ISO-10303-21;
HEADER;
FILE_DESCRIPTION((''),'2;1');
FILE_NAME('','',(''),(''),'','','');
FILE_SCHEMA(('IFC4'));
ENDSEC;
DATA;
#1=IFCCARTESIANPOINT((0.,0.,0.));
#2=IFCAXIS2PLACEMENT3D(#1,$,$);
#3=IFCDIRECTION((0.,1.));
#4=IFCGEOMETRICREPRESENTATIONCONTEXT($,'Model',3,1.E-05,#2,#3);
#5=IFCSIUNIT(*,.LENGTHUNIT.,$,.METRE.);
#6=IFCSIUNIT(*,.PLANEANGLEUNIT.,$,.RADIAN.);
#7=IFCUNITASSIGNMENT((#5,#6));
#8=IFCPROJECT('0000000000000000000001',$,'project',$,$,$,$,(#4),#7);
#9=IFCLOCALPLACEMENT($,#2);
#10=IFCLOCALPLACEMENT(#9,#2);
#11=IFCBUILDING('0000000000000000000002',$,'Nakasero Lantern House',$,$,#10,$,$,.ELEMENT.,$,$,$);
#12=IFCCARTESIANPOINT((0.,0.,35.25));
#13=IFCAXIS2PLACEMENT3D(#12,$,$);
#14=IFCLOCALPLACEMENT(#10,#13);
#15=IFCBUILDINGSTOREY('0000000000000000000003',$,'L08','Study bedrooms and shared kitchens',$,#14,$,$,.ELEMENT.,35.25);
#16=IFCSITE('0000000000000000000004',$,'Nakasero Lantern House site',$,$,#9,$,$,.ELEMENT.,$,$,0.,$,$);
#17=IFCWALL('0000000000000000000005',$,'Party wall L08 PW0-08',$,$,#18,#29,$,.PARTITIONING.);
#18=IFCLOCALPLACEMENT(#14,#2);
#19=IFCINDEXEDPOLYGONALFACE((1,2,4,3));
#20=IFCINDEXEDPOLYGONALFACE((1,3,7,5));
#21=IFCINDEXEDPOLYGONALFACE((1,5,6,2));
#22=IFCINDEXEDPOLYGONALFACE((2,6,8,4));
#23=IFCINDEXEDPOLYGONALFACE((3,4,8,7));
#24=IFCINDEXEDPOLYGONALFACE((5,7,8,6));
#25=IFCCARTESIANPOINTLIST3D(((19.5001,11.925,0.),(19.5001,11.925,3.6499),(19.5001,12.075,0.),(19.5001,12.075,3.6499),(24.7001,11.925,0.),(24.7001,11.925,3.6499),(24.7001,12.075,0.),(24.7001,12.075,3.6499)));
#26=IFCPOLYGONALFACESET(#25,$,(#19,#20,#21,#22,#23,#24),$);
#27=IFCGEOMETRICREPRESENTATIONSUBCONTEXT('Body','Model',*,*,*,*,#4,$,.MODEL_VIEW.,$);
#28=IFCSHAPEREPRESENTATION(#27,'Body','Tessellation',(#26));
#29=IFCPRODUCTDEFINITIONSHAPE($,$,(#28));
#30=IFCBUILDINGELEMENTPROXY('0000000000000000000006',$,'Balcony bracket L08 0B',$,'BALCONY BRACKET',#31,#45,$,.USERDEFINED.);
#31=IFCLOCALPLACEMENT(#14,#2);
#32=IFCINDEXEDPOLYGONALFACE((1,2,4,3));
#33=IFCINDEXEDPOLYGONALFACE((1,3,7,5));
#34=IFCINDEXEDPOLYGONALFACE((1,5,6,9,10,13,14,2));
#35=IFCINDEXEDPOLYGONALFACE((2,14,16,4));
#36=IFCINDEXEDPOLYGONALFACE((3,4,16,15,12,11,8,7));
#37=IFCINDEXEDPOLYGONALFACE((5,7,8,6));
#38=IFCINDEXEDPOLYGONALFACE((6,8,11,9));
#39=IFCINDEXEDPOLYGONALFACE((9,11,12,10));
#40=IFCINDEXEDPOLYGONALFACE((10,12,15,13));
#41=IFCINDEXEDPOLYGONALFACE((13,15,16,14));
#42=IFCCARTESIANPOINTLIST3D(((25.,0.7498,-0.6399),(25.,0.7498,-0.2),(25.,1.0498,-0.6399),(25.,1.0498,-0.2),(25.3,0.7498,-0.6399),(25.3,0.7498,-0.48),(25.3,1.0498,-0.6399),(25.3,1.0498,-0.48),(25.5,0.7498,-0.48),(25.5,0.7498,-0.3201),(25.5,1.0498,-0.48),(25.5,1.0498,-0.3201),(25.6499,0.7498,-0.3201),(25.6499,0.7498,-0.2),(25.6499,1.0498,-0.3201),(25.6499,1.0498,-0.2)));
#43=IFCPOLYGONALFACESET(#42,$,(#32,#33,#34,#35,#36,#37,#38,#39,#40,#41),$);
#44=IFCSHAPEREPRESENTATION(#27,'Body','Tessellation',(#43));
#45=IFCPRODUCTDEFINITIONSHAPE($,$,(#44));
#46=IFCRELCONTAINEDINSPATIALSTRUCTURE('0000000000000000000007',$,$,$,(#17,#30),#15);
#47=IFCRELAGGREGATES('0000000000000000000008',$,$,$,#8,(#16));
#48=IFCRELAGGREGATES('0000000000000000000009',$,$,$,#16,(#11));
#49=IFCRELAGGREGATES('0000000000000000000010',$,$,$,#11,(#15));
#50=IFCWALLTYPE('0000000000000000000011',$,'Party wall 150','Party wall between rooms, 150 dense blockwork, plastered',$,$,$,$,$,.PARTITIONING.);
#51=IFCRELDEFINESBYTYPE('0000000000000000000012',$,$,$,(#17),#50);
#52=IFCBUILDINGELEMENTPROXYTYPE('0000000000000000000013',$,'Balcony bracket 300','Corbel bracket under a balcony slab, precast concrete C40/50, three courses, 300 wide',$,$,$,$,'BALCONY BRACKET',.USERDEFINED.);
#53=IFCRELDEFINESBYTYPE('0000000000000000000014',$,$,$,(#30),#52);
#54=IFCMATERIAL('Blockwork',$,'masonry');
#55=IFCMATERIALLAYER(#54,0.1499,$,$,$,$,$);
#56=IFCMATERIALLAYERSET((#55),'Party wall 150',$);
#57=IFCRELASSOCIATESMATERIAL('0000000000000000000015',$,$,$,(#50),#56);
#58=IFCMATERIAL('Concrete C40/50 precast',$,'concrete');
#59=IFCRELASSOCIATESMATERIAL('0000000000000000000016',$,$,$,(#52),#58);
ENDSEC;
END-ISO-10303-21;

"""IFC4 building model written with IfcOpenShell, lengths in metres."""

from ifc_helpers import new_model, si_unit, direction, frame, frame_2d, origin, place, context, subcontext, project, spatial, polyline, rectangle, outline, extrude, material, layer, layer_set, type_object, element, save


model = new_model("IFC4")

# Units and contexts
model_context = context("Model", 3, precision=1e-05, world=origin(), true_north=direction((0.0, 1.0)))
body_context = subcontext(model_context, "Body", "Model", "MODEL_VIEW")
ifc_project = project(units=[si_unit("LENGTHUNIT", "METRE"), si_unit("PLANEANGLEUNIT", "RADIAN")], contexts=[model_context])

# Site, building, storey
site_placement = place(None, origin())
site = spatial("IfcSite", under=ifc_project, at=site_placement, Name="Nakasero Lantern House site", CompositionType="ELEMENT", RefElevation=0.0)
building_placement = place(site_placement, origin())
building = spatial("IfcBuilding", under=site, at=building_placement, Name="Nakasero Lantern House", CompositionType="ELEMENT")
storey_placement = place(building_placement, frame((0.0, 0.0, 35.25)))
storey = spatial("IfcBuildingStorey", under=building, at=storey_placement, Name="L08", Description="Study bedrooms and shared kitchens", CompositionType="ELEMENT", Elevation=35.25)

# Wall
ifc_material_1 = material(Name="Blockwork", Category="masonry")
ifc_layer_1 = layer(ifc_material_1, 0.1499)
ifc_layer_set_1 = layer_set([ifc_layer_1], Name="Party wall 150")
wall_type_1 = type_object("IfcWallType", Name="Party wall 150", Description="Party wall between rooms, 150 dense blockwork, plastered", PredefinedType="PARTITIONING", material=ifc_layer_set_1)
for number, where, z_axis, x_axis, name in (
    (1, (19.5, 12.0, 0.0), (0.0, 0.0, 1.0), (1.0, 0.0, 0.0), "Party wall L08 PW0-08"),
):
    element("IfcWall", number, at=place(storey_placement, frame(where, z_axis=z_axis, x_axis=x_axis)), inside=storey, type_object=wall_type_1, Name=name, PredefinedType="PARTITIONING", context=body_context, shape_type="SweptSolid", body=[
        extrude(rectangle(XDim=5.2, YDim=0.1499, at=frame_2d((2.6001, 0.0))), origin(), (0.0, 0.0, 1.0), 3.6499),
    ])

# Building element proxy
ifc_material_2 = material(Name="Concrete C40/50 precast", Category="concrete")
building_element_proxy_type = type_object("IfcBuildingElementProxyType", Name="Balcony bracket 300", Description="Corbel bracket under a balcony slab, precast concrete C40/50, three courses, 300 wide", ElementType="BALCONY BRACKET", PredefinedType="USERDEFINED", material=ifc_material_2)
proxy_placement = place(storey_placement, frame((25.0, 0.8999, -0.2), z_axis=(0.0, 0.0, 1.0), x_axis=(1.0, 0.0, 0.0)))
element("IfcBuildingElementProxy", 2, at=proxy_placement, inside=storey, type_object=building_element_proxy_type, Name="Balcony bracket L08 0B", ObjectType="BALCONY BRACKET", PredefinedType="USERDEFINED", context=body_context, shape_type="SweptSolid", body=[
    extrude(outline(polyline([(0.0, 0.0), (0.6499, 0.0), (0.6499, -0.1201), (0.5, -0.1201), (0.5, -0.28), (0.3, -0.28), (0.3, -0.4399), (0.0, -0.4399), (0.0, 0.0)])), frame((0.0, 0.1499, 0.0), z_axis=(0.0, -1.0, 0.0), x_axis=(1.0, 0.0, 0.0)), (0.0, 0.0, 1.0), 0.3),
])

save(model, "model.ifc")
